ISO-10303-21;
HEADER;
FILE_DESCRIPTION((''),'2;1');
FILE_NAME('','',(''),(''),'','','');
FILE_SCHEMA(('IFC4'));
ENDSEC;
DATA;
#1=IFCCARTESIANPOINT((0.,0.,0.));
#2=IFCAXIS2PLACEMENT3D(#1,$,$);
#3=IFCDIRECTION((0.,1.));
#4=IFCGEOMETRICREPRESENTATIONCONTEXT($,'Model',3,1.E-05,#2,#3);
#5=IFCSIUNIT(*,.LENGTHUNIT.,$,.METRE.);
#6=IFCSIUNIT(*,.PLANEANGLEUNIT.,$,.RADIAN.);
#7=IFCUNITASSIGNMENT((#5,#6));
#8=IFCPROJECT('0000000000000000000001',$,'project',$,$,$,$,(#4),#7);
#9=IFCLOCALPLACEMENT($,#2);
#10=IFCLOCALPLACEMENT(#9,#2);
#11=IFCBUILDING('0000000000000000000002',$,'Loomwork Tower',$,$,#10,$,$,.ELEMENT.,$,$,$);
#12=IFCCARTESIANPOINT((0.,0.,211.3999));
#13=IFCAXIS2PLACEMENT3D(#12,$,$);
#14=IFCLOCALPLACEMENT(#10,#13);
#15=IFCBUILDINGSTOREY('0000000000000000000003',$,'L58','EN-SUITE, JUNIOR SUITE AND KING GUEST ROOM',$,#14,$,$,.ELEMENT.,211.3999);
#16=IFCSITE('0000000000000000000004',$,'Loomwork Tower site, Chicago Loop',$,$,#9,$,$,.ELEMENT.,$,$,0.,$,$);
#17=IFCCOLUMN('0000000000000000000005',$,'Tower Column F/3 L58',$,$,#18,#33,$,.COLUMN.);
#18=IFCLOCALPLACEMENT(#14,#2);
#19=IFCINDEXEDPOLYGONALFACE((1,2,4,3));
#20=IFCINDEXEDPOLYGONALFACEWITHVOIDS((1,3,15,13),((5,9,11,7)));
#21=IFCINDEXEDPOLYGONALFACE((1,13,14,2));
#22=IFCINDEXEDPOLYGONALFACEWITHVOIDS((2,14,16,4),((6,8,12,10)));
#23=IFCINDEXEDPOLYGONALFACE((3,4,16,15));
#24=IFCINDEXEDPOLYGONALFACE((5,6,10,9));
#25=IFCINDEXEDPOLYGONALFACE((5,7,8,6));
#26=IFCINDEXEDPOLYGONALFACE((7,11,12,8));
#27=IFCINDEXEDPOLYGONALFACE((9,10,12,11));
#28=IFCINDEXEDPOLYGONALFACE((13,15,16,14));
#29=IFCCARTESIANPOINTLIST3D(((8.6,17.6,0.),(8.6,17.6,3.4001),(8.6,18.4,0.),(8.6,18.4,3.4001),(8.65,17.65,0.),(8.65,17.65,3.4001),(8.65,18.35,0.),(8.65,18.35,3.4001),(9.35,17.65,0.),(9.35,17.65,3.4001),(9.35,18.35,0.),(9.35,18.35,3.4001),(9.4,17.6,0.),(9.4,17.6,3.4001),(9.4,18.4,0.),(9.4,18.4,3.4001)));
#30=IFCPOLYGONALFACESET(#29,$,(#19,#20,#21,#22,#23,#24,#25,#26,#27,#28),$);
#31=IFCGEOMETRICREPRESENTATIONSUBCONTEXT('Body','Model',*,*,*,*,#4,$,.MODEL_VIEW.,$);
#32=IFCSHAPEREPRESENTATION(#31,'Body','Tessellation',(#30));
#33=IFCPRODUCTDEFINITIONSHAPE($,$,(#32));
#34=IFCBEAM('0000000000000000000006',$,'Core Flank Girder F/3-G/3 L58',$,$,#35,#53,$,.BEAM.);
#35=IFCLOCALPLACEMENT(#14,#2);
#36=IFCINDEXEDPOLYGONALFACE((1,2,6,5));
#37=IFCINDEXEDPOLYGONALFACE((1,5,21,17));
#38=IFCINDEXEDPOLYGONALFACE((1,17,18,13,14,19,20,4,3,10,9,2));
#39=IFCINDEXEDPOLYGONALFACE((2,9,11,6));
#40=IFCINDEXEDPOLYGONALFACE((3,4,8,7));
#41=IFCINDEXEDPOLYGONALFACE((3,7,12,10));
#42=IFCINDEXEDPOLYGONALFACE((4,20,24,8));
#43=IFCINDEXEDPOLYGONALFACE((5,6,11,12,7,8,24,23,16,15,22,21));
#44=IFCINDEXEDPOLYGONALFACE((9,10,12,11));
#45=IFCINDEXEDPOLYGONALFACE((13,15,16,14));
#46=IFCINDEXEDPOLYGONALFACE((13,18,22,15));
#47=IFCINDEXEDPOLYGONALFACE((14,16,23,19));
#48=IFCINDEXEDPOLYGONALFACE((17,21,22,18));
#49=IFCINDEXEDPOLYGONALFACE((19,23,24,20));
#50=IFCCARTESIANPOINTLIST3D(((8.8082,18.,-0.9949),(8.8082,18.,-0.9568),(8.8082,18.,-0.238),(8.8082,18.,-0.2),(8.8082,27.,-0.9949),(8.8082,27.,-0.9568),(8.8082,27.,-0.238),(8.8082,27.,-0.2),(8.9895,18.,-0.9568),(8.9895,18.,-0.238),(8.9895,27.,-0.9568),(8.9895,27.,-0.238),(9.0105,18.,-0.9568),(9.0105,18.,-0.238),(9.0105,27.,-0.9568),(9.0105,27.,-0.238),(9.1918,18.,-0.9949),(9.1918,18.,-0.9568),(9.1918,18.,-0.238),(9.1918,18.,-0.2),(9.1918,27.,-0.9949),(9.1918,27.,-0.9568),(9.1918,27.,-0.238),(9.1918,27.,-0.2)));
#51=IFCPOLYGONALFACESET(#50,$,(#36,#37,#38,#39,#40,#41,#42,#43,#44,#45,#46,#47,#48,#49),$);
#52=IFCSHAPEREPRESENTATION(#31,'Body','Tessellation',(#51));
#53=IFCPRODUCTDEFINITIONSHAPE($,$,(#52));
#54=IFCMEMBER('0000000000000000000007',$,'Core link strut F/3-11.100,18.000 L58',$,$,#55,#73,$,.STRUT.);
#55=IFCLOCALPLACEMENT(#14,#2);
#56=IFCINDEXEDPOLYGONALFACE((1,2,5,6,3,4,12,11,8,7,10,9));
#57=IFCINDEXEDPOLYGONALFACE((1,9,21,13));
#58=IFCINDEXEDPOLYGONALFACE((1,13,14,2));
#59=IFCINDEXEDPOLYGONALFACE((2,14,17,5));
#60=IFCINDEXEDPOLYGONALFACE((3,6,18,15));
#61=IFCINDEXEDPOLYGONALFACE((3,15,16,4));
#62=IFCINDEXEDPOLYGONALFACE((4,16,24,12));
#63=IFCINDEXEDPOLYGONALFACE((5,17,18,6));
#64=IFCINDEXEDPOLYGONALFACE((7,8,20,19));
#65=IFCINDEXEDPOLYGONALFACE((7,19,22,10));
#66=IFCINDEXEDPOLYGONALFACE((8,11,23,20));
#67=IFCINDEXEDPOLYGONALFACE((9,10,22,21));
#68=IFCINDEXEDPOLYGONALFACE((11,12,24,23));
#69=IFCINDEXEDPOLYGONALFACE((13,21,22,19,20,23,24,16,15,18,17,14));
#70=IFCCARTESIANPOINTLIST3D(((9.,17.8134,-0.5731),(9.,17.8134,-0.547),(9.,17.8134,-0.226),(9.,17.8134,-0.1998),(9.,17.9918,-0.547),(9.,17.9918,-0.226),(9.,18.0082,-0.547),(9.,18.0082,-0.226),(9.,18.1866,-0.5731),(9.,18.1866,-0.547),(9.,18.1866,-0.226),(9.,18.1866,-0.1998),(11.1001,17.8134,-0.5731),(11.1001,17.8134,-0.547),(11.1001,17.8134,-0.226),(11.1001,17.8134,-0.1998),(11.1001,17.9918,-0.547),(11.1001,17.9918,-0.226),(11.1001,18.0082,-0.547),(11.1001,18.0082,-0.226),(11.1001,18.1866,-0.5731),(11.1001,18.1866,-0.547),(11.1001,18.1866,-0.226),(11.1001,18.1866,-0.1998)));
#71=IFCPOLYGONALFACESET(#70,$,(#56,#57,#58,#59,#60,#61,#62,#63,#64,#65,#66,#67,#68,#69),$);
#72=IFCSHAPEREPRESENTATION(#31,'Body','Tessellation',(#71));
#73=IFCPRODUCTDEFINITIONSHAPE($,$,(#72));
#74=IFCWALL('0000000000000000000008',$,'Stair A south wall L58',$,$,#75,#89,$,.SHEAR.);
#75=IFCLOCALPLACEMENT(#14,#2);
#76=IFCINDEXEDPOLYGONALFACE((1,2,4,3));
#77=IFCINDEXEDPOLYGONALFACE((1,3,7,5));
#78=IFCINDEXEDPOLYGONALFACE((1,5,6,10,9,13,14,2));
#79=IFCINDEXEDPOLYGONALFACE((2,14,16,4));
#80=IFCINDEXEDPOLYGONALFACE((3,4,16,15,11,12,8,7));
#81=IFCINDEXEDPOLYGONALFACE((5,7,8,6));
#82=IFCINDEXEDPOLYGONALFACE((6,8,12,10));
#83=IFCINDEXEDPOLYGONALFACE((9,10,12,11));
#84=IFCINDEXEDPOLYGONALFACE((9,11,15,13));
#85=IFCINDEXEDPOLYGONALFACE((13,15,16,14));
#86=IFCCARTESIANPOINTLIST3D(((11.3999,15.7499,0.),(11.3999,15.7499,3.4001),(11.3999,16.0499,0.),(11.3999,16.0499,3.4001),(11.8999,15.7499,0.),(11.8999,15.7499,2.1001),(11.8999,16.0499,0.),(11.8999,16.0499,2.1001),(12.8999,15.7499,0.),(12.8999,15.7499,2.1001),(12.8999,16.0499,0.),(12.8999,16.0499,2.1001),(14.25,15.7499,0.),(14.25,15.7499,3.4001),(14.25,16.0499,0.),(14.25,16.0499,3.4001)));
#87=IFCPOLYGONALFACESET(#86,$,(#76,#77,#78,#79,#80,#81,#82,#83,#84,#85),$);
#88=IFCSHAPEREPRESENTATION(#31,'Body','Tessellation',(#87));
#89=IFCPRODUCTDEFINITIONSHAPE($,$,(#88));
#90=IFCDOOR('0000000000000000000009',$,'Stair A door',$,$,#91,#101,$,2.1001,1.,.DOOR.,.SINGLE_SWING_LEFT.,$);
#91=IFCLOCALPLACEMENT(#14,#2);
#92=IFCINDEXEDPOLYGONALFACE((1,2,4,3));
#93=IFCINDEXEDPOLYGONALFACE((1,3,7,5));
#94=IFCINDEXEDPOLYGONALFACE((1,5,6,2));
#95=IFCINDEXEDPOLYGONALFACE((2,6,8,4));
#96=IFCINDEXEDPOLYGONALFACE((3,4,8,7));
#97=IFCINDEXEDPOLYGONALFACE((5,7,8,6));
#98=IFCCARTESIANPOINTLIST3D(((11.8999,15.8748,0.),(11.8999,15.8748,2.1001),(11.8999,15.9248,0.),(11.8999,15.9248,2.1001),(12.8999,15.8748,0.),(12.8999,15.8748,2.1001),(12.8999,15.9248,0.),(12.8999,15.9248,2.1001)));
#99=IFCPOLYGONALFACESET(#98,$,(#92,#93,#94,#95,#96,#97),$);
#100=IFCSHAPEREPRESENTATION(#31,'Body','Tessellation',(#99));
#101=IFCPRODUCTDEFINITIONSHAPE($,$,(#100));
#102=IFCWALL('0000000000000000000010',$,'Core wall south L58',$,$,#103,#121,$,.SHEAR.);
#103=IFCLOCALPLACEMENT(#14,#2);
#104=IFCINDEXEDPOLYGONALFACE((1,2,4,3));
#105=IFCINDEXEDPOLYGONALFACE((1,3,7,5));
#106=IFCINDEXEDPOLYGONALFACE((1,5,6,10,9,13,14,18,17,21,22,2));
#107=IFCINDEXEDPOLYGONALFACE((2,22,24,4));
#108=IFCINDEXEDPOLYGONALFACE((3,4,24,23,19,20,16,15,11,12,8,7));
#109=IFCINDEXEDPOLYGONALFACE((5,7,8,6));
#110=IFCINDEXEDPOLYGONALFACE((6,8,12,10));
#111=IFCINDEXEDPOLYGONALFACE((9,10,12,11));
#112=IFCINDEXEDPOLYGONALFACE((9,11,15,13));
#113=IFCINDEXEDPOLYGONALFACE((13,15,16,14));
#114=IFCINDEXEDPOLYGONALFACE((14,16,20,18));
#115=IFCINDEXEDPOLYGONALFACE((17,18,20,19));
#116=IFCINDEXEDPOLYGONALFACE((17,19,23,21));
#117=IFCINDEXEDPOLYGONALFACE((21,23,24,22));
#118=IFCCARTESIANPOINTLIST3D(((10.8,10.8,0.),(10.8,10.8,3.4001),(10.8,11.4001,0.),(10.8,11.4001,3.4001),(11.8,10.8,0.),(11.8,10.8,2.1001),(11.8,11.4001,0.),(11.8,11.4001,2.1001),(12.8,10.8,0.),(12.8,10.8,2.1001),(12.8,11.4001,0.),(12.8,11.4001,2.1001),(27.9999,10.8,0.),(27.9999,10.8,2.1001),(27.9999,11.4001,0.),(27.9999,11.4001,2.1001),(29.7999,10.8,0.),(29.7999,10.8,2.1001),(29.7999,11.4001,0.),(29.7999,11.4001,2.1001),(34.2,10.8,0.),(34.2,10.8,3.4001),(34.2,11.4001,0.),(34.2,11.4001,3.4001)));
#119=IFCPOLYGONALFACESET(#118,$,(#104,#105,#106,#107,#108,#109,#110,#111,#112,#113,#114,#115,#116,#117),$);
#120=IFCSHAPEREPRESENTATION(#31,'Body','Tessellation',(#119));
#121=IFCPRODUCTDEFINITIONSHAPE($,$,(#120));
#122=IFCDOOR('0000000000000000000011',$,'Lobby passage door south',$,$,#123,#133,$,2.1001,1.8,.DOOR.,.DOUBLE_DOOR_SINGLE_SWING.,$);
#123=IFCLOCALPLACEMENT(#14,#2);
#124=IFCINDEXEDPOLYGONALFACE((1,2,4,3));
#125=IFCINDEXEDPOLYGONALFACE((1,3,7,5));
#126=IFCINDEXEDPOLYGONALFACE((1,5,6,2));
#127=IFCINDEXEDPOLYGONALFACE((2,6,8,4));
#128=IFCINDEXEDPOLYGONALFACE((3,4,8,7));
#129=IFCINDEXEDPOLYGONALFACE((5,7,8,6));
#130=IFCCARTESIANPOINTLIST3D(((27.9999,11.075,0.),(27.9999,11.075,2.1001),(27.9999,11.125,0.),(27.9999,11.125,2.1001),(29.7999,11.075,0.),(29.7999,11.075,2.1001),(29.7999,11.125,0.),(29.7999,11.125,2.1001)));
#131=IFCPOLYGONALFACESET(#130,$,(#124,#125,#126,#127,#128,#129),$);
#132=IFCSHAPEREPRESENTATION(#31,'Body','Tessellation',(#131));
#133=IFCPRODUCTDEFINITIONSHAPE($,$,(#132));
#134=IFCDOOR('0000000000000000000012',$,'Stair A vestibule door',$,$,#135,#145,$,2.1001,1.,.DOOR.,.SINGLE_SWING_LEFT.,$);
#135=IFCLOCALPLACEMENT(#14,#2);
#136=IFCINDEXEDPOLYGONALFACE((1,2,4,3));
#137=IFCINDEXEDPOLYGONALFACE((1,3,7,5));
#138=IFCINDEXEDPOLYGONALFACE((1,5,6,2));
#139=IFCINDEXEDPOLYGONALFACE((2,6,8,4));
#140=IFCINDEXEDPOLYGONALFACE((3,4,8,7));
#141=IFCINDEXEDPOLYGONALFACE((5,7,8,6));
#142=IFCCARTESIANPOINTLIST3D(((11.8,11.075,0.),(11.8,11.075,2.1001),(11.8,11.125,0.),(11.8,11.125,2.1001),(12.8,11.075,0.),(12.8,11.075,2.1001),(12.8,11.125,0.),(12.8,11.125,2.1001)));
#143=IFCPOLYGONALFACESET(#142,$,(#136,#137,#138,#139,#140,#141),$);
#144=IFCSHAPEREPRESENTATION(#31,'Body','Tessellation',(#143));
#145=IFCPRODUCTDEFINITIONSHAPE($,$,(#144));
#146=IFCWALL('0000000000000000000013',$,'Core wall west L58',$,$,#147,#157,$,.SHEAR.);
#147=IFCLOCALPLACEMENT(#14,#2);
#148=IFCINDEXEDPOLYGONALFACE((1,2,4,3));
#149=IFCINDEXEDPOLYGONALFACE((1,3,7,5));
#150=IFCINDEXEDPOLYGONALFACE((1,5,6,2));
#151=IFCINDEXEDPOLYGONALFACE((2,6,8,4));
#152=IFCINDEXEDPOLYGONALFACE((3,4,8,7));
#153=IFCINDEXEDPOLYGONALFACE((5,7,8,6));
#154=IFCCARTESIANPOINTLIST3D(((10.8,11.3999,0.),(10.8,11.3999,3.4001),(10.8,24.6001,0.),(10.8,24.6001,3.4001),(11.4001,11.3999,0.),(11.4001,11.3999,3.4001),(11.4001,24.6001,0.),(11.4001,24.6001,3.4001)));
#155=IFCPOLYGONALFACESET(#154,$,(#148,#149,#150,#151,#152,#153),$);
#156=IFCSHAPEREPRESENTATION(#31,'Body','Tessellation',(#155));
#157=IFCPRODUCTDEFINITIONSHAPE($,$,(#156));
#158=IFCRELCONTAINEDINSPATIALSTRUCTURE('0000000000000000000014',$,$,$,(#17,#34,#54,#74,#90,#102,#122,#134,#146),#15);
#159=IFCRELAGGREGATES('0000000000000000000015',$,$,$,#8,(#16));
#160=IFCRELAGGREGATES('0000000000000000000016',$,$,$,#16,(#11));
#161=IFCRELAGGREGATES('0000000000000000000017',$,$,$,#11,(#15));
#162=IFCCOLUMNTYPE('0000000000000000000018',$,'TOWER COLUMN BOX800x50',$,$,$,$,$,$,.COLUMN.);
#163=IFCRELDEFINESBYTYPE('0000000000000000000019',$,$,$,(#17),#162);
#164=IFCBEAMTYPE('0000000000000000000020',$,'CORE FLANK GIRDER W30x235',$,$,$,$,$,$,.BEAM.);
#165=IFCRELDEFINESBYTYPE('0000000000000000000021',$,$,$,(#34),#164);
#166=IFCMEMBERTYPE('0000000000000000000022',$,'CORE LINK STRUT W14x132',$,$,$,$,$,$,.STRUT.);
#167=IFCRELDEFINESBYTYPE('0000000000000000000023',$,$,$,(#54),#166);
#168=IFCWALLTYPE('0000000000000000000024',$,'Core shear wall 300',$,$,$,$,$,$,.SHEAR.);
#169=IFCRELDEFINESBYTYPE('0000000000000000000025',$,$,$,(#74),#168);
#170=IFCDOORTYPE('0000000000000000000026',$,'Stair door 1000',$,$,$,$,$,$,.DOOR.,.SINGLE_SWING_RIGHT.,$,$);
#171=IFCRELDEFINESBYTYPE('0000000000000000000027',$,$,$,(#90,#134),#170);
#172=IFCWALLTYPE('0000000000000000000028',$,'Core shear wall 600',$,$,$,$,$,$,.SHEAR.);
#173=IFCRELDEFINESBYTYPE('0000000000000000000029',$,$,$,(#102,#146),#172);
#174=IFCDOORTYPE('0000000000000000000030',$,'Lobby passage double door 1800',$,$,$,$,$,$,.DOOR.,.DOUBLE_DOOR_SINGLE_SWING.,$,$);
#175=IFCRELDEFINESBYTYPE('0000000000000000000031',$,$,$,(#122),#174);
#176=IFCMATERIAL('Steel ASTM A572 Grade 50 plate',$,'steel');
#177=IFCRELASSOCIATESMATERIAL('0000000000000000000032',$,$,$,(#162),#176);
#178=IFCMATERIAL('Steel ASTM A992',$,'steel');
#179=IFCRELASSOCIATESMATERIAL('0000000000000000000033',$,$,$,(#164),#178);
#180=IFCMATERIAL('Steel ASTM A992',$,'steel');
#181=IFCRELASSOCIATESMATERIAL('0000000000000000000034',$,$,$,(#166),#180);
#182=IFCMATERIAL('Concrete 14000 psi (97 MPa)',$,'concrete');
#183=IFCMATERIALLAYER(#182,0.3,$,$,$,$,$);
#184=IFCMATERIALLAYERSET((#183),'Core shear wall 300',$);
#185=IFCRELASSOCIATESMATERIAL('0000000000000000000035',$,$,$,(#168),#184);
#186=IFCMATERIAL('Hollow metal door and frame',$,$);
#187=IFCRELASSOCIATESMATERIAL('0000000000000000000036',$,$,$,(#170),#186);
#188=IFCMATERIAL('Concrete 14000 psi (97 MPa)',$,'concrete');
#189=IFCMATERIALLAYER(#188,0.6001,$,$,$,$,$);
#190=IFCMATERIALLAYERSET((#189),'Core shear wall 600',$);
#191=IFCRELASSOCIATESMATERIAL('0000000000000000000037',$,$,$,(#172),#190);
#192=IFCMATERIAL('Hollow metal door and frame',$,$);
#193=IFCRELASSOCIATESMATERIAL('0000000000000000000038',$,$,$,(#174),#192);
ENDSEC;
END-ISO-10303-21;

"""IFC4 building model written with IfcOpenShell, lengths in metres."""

from ifc_helpers import new_model, si_unit, direction, frame, frame_2d, origin, origin_2d, place, context, subcontext, project, spatial, rectangle, hollow_rectangle, i_section, extrude, material, layer, layer_set, material_profile, profile_set, type_object, element, fill, save


model = new_model("IFC4")

# Units and contexts
model_context = context("Model", 3, precision=1e-05, world=origin(), true_north=direction((0.0, 1.0)))
body_context = subcontext(model_context, "Body", "Model", "MODEL_VIEW")
ifc_project = project(units=[si_unit("LENGTHUNIT", "METRE"), si_unit("PLANEANGLEUNIT", "RADIAN")], contexts=[model_context])

# Site, building, storey
site_placement = place(None, origin())
site = spatial("IfcSite", under=ifc_project, at=site_placement, Name="Loomwork Tower site, Chicago Loop", CompositionType="ELEMENT", RefElevation=0.0)
building_placement = place(site_placement, origin())
building = spatial("IfcBuilding", under=site, at=building_placement, Name="Loomwork Tower", CompositionType="ELEMENT")
storey_placement = place(building_placement, frame((0.0, 0.0, 211.3999)))
storey = spatial("IfcBuildingStorey", under=building, at=storey_placement, Name="L58", Description="EN-SUITE, JUNIOR SUITE AND KING GUEST ROOM", CompositionType="ELEMENT", Elevation=211.3999)

# Column
ifc_material_1 = material(Name="Steel ASTM A572 Grade 50 plate", Category="steel")
ifc_material_profile_1 = material_profile(ifc_material_1, hollow_rectangle(XDim=0.8, YDim=0.8, WallThickness=0.05, at=origin_2d()), Name="BOX800x50")
ifc_profile_set_1 = profile_set([ifc_material_profile_1], Name="Steel ASTM A572 Grade 50 plate")
column_type = type_object("IfcColumnType", Name="TOWER COLUMN BOX800x50", PredefinedType="COLUMN", material=ifc_profile_set_1)
column_placement = place(storey_placement, frame((9.0, 18.0, 0.0), z_axis=(0.0, 0.0, 1.0), x_axis=(1.0, 0.0, 0.0)))
element("IfcColumn", 1, at=column_placement, inside=storey, type_object=column_type, Name="Tower Column F/3 L58", PredefinedType="COLUMN", context=body_context, shape_type="SweptSolid", body=[
    extrude(hollow_rectangle(XDim=0.8, YDim=0.8, WallThickness=0.05, at=origin_2d()), origin(), (0.0, 0.0, 1.0), 3.4001),
])

# Beam
ifc_material_2 = material(Name="Steel ASTM A992", Category="steel")
ifc_material_profile_2 = material_profile(ifc_material_2, i_section(OverallWidth=0.3835, OverallDepth=0.7949, WebThickness=0.021, FlangeThickness=0.0381, at=origin_2d()), Name="W30x235")
ifc_profile_set_2 = profile_set([ifc_material_profile_2], Name="Steel ASTM A992")
beam_type = type_object("IfcBeamType", Name="CORE FLANK GIRDER W30x235", PredefinedType="BEAM", material=ifc_profile_set_2)
beam_placement = place(storey_placement, frame((9.0, 18.0, -0.5974), z_axis=(0.0, 1.0, 0.0), x_axis=(-1.0, 0.0, 0.0)))
element("IfcBeam", 2, at=beam_placement, inside=storey, type_object=beam_type, Name="Core Flank Girder F/3-G/3 L58", PredefinedType="BEAM", context=body_context, shape_type="SweptSolid", body=[
    extrude(i_section(OverallWidth=0.3835, OverallDepth=0.7949, WebThickness=0.021, FlangeThickness=0.0381, at=origin_2d()), origin(), (0.0, 0.0, 1.0), 9.0),
])

# Member
ifc_material_3 = material(Name="Steel ASTM A992", Category="steel")
ifc_material_profile_3 = material_profile(ifc_material_3, i_section(OverallWidth=0.3733, OverallDepth=0.3733, WebThickness=0.0164, FlangeThickness=0.0261, at=origin_2d()), Name="W14x132")
ifc_profile_set_3 = profile_set([ifc_material_profile_3], Name="Steel ASTM A992")
member_type = type_object("IfcMemberType", Name="CORE LINK STRUT W14x132", PredefinedType="STRUT", material=ifc_profile_set_3)
member_placement = place(storey_placement, frame((9.0, 18.0, -0.3865), z_axis=(1.0, 0.0, 0.0), x_axis=(0.0, 1.0, 0.0)))
element("IfcMember", 3, at=member_placement, inside=storey, type_object=member_type, Name="Core link strut F/3-11.100,18.000 L58", PredefinedType="STRUT", context=body_context, shape_type="SweptSolid", body=[
    extrude(i_section(OverallWidth=0.3733, OverallDepth=0.3733, WebThickness=0.0164, FlangeThickness=0.0261, at=origin_2d()), origin(), (0.0, 0.0, 1.0), 2.1001),
])

# Wall, opening, door
ifc_material_4 = material(Name="Concrete 14000 psi (97 MPa)", Category="concrete")
ifc_layer_1 = layer(ifc_material_4, 0.3)
ifc_layer_set_1 = layer_set([ifc_layer_1], Name="Core shear wall 300")
wall_type_1 = type_object("IfcWallType", Name="Core shear wall 300", PredefinedType="SHEAR", material=ifc_layer_set_1)
wall_1_placement = place(storey_placement, frame((11.3999, 15.8999, 0.0), z_axis=(0.0, 0.0, 1.0), x_axis=(1.0, 0.0, 0.0)))
wall_1 = element("IfcWall", 4, at=wall_1_placement, inside=storey, type_object=wall_type_1, Name="Stair A south wall L58", PredefinedType="SHEAR", context=body_context, shape_type="SweptSolid", body=[
    extrude(rectangle(XDim=2.8501, YDim=0.3, at=frame_2d((1.425, 0.0))), origin(), (0.0, 0.0, 1.0), 3.4001),
])
opening_1_placement = place(wall_1_placement, frame((0.5, 0.0, 0.0)))
opening_1 = element("IfcOpeningElement", 5, at=opening_1_placement, cuts=wall_1, PredefinedType="OPENING", context=body_context, shape_type="SweptSolid", body=[
    extrude(rectangle(XDim=1.0, YDim=2.1001, at=frame_2d((0.5, 1.05))), frame((0.0, 0.1599, 0.0), z_axis=(0.0, -1.0, 0.0), x_axis=(1.0, 0.0, 0.0)), (0.0, 0.0, 1.0), 0.3201),
])
ifc_material_5 = material(Name="Hollow metal door and frame")
door_type_1 = type_object("IfcDoorType", Name="Stair door 1000", OperationType="SINGLE_SWING_RIGHT", PredefinedType="DOOR", material=ifc_material_5)
door_1_placement = place(opening_1_placement, origin())
door_1 = element("IfcDoor", 6, at=door_1_placement, inside=storey, type_object=door_type_1, Name="Stair A door", OperationType="SINGLE_SWING_LEFT", OverallHeight=2.1001, OverallWidth=1.0, PredefinedType="DOOR", context=body_context, shape_type="SweptSolid", body=[
    extrude(rectangle(XDim=1.0, YDim=2.1001, at=frame_2d((0.5, 1.05))), frame((0.0, 0.0249, 0.0), z_axis=(0.0, -1.0, 0.0), x_axis=(1.0, 0.0, 0.0)), (0.0, 0.0, 1.0), 0.05),
])
fill(opening_1, door_1)

# Wall, openings, doors
ifc_material_6 = material(Name="Concrete 14000 psi (97 MPa)", Category="concrete")
ifc_layer_2 = layer(ifc_material_6, 0.6001)
ifc_layer_set_2 = layer_set([ifc_layer_2], Name="Core shear wall 600")
wall_type_2 = type_object("IfcWallType", Name="Core shear wall 600", PredefinedType="SHEAR", material=ifc_layer_set_2)
wall_2_placement = place(storey_placement, frame((10.8, 11.1001, 0.0), z_axis=(0.0, 0.0, 1.0), x_axis=(1.0, 0.0, 0.0)))
wall_2 = element("IfcWall", 7, at=wall_2_placement, inside=storey, type_object=wall_type_2, Name="Core wall south L58", PredefinedType="SHEAR", context=body_context, shape_type="SweptSolid", body=[
    extrude(rectangle(XDim=23.3999, YDim=0.6001, at=frame_2d((11.7, 0.0))), origin(), (0.0, 0.0, 1.0), 3.4001),
])
opening_2_placement = place(wall_2_placement, frame((1.0, 0.0, 0.0)))
opening_2 = element("IfcOpeningElement", 8, at=opening_2_placement, cuts=wall_2, PredefinedType="OPENING", context=body_context, shape_type="SweptSolid", body=[
    extrude(rectangle(XDim=1.0, YDim=2.1001, at=frame_2d((0.5, 1.05))), frame((0.0, 0.3101, 0.0), z_axis=(0.0, -1.0, 0.0), x_axis=(1.0, 0.0, 0.0)), (0.0, 0.0, 1.0), 0.6201),
])
opening_3_placement = place(wall_2_placement, frame((17.2, 0.0, 0.0)))
opening_3 = element("IfcOpeningElement", 9, at=opening_3_placement, cuts=wall_2, PredefinedType="OPENING", context=body_context, shape_type="SweptSolid", body=[
    extrude(rectangle(XDim=1.8, YDim=2.1001, at=frame_2d((0.8999, 1.05))), frame((0.0, 0.3101, 0.0), z_axis=(0.0, -1.0, 0.0), x_axis=(1.0, 0.0, 0.0)), (0.0, 0.0, 1.0), 0.6201),
])
ifc_material_7 = material(Name="Hollow metal door and frame")
door_type_2 = type_object("IfcDoorType", Name="Lobby passage double door 1800", OperationType="DOUBLE_DOOR_SINGLE_SWING", PredefinedType="DOOR", material=ifc_material_7)
door_2_placement = place(opening_3_placement, origin())
door_2 = element("IfcDoor", 10, at=door_2_placement, inside=storey, type_object=door_type_2, Name="Lobby passage door south", OperationType="DOUBLE_DOOR_SINGLE_SWING", OverallHeight=2.1001, OverallWidth=1.8, PredefinedType="DOOR", context=body_context, shape_type="SweptSolid", body=[
    extrude(rectangle(XDim=1.8, YDim=2.1001, at=frame_2d((0.8999, 1.05))), frame((0.0, 0.0249, 0.0), z_axis=(0.0, -1.0, 0.0), x_axis=(1.0, 0.0, 0.0)), (0.0, 0.0, 1.0), 0.05),
])
fill(opening_3, door_2)
door_3_placement = place(opening_2_placement, origin())
door_3 = element("IfcDoor", 11, at=door_3_placement, inside=storey, type_object=door_type_1, Name="Stair A vestibule door", OperationType="SINGLE_SWING_LEFT", OverallHeight=2.1001, OverallWidth=1.0, PredefinedType="DOOR", context=body_context, shape_type="SweptSolid", body=[
    extrude(rectangle(XDim=1.0, YDim=2.1001, at=frame_2d((0.5, 1.05))), frame((0.0, 0.0249, 0.0), z_axis=(0.0, -1.0, 0.0), x_axis=(1.0, 0.0, 0.0)), (0.0, 0.0, 1.0), 0.05),
])
fill(opening_2, door_3)

# Wall
wall_3_placement = place(storey_placement, frame((11.1001, 11.3999, 0.0), z_axis=(0.0, 0.0, 1.0), x_axis=(0.0, 1.0, 0.0)))
element("IfcWall", 12, at=wall_3_placement, inside=storey, type_object=wall_type_2, Name="Core wall west L58", PredefinedType="SHEAR", context=body_context, shape_type="SweptSolid", body=[
    extrude(rectangle(XDim=13.2002, YDim=0.6001, at=frame_2d((6.6001, 0.0))), origin(), (0.0, 0.0, 1.0), 3.4001),
])

save(model, "model.ifc")
